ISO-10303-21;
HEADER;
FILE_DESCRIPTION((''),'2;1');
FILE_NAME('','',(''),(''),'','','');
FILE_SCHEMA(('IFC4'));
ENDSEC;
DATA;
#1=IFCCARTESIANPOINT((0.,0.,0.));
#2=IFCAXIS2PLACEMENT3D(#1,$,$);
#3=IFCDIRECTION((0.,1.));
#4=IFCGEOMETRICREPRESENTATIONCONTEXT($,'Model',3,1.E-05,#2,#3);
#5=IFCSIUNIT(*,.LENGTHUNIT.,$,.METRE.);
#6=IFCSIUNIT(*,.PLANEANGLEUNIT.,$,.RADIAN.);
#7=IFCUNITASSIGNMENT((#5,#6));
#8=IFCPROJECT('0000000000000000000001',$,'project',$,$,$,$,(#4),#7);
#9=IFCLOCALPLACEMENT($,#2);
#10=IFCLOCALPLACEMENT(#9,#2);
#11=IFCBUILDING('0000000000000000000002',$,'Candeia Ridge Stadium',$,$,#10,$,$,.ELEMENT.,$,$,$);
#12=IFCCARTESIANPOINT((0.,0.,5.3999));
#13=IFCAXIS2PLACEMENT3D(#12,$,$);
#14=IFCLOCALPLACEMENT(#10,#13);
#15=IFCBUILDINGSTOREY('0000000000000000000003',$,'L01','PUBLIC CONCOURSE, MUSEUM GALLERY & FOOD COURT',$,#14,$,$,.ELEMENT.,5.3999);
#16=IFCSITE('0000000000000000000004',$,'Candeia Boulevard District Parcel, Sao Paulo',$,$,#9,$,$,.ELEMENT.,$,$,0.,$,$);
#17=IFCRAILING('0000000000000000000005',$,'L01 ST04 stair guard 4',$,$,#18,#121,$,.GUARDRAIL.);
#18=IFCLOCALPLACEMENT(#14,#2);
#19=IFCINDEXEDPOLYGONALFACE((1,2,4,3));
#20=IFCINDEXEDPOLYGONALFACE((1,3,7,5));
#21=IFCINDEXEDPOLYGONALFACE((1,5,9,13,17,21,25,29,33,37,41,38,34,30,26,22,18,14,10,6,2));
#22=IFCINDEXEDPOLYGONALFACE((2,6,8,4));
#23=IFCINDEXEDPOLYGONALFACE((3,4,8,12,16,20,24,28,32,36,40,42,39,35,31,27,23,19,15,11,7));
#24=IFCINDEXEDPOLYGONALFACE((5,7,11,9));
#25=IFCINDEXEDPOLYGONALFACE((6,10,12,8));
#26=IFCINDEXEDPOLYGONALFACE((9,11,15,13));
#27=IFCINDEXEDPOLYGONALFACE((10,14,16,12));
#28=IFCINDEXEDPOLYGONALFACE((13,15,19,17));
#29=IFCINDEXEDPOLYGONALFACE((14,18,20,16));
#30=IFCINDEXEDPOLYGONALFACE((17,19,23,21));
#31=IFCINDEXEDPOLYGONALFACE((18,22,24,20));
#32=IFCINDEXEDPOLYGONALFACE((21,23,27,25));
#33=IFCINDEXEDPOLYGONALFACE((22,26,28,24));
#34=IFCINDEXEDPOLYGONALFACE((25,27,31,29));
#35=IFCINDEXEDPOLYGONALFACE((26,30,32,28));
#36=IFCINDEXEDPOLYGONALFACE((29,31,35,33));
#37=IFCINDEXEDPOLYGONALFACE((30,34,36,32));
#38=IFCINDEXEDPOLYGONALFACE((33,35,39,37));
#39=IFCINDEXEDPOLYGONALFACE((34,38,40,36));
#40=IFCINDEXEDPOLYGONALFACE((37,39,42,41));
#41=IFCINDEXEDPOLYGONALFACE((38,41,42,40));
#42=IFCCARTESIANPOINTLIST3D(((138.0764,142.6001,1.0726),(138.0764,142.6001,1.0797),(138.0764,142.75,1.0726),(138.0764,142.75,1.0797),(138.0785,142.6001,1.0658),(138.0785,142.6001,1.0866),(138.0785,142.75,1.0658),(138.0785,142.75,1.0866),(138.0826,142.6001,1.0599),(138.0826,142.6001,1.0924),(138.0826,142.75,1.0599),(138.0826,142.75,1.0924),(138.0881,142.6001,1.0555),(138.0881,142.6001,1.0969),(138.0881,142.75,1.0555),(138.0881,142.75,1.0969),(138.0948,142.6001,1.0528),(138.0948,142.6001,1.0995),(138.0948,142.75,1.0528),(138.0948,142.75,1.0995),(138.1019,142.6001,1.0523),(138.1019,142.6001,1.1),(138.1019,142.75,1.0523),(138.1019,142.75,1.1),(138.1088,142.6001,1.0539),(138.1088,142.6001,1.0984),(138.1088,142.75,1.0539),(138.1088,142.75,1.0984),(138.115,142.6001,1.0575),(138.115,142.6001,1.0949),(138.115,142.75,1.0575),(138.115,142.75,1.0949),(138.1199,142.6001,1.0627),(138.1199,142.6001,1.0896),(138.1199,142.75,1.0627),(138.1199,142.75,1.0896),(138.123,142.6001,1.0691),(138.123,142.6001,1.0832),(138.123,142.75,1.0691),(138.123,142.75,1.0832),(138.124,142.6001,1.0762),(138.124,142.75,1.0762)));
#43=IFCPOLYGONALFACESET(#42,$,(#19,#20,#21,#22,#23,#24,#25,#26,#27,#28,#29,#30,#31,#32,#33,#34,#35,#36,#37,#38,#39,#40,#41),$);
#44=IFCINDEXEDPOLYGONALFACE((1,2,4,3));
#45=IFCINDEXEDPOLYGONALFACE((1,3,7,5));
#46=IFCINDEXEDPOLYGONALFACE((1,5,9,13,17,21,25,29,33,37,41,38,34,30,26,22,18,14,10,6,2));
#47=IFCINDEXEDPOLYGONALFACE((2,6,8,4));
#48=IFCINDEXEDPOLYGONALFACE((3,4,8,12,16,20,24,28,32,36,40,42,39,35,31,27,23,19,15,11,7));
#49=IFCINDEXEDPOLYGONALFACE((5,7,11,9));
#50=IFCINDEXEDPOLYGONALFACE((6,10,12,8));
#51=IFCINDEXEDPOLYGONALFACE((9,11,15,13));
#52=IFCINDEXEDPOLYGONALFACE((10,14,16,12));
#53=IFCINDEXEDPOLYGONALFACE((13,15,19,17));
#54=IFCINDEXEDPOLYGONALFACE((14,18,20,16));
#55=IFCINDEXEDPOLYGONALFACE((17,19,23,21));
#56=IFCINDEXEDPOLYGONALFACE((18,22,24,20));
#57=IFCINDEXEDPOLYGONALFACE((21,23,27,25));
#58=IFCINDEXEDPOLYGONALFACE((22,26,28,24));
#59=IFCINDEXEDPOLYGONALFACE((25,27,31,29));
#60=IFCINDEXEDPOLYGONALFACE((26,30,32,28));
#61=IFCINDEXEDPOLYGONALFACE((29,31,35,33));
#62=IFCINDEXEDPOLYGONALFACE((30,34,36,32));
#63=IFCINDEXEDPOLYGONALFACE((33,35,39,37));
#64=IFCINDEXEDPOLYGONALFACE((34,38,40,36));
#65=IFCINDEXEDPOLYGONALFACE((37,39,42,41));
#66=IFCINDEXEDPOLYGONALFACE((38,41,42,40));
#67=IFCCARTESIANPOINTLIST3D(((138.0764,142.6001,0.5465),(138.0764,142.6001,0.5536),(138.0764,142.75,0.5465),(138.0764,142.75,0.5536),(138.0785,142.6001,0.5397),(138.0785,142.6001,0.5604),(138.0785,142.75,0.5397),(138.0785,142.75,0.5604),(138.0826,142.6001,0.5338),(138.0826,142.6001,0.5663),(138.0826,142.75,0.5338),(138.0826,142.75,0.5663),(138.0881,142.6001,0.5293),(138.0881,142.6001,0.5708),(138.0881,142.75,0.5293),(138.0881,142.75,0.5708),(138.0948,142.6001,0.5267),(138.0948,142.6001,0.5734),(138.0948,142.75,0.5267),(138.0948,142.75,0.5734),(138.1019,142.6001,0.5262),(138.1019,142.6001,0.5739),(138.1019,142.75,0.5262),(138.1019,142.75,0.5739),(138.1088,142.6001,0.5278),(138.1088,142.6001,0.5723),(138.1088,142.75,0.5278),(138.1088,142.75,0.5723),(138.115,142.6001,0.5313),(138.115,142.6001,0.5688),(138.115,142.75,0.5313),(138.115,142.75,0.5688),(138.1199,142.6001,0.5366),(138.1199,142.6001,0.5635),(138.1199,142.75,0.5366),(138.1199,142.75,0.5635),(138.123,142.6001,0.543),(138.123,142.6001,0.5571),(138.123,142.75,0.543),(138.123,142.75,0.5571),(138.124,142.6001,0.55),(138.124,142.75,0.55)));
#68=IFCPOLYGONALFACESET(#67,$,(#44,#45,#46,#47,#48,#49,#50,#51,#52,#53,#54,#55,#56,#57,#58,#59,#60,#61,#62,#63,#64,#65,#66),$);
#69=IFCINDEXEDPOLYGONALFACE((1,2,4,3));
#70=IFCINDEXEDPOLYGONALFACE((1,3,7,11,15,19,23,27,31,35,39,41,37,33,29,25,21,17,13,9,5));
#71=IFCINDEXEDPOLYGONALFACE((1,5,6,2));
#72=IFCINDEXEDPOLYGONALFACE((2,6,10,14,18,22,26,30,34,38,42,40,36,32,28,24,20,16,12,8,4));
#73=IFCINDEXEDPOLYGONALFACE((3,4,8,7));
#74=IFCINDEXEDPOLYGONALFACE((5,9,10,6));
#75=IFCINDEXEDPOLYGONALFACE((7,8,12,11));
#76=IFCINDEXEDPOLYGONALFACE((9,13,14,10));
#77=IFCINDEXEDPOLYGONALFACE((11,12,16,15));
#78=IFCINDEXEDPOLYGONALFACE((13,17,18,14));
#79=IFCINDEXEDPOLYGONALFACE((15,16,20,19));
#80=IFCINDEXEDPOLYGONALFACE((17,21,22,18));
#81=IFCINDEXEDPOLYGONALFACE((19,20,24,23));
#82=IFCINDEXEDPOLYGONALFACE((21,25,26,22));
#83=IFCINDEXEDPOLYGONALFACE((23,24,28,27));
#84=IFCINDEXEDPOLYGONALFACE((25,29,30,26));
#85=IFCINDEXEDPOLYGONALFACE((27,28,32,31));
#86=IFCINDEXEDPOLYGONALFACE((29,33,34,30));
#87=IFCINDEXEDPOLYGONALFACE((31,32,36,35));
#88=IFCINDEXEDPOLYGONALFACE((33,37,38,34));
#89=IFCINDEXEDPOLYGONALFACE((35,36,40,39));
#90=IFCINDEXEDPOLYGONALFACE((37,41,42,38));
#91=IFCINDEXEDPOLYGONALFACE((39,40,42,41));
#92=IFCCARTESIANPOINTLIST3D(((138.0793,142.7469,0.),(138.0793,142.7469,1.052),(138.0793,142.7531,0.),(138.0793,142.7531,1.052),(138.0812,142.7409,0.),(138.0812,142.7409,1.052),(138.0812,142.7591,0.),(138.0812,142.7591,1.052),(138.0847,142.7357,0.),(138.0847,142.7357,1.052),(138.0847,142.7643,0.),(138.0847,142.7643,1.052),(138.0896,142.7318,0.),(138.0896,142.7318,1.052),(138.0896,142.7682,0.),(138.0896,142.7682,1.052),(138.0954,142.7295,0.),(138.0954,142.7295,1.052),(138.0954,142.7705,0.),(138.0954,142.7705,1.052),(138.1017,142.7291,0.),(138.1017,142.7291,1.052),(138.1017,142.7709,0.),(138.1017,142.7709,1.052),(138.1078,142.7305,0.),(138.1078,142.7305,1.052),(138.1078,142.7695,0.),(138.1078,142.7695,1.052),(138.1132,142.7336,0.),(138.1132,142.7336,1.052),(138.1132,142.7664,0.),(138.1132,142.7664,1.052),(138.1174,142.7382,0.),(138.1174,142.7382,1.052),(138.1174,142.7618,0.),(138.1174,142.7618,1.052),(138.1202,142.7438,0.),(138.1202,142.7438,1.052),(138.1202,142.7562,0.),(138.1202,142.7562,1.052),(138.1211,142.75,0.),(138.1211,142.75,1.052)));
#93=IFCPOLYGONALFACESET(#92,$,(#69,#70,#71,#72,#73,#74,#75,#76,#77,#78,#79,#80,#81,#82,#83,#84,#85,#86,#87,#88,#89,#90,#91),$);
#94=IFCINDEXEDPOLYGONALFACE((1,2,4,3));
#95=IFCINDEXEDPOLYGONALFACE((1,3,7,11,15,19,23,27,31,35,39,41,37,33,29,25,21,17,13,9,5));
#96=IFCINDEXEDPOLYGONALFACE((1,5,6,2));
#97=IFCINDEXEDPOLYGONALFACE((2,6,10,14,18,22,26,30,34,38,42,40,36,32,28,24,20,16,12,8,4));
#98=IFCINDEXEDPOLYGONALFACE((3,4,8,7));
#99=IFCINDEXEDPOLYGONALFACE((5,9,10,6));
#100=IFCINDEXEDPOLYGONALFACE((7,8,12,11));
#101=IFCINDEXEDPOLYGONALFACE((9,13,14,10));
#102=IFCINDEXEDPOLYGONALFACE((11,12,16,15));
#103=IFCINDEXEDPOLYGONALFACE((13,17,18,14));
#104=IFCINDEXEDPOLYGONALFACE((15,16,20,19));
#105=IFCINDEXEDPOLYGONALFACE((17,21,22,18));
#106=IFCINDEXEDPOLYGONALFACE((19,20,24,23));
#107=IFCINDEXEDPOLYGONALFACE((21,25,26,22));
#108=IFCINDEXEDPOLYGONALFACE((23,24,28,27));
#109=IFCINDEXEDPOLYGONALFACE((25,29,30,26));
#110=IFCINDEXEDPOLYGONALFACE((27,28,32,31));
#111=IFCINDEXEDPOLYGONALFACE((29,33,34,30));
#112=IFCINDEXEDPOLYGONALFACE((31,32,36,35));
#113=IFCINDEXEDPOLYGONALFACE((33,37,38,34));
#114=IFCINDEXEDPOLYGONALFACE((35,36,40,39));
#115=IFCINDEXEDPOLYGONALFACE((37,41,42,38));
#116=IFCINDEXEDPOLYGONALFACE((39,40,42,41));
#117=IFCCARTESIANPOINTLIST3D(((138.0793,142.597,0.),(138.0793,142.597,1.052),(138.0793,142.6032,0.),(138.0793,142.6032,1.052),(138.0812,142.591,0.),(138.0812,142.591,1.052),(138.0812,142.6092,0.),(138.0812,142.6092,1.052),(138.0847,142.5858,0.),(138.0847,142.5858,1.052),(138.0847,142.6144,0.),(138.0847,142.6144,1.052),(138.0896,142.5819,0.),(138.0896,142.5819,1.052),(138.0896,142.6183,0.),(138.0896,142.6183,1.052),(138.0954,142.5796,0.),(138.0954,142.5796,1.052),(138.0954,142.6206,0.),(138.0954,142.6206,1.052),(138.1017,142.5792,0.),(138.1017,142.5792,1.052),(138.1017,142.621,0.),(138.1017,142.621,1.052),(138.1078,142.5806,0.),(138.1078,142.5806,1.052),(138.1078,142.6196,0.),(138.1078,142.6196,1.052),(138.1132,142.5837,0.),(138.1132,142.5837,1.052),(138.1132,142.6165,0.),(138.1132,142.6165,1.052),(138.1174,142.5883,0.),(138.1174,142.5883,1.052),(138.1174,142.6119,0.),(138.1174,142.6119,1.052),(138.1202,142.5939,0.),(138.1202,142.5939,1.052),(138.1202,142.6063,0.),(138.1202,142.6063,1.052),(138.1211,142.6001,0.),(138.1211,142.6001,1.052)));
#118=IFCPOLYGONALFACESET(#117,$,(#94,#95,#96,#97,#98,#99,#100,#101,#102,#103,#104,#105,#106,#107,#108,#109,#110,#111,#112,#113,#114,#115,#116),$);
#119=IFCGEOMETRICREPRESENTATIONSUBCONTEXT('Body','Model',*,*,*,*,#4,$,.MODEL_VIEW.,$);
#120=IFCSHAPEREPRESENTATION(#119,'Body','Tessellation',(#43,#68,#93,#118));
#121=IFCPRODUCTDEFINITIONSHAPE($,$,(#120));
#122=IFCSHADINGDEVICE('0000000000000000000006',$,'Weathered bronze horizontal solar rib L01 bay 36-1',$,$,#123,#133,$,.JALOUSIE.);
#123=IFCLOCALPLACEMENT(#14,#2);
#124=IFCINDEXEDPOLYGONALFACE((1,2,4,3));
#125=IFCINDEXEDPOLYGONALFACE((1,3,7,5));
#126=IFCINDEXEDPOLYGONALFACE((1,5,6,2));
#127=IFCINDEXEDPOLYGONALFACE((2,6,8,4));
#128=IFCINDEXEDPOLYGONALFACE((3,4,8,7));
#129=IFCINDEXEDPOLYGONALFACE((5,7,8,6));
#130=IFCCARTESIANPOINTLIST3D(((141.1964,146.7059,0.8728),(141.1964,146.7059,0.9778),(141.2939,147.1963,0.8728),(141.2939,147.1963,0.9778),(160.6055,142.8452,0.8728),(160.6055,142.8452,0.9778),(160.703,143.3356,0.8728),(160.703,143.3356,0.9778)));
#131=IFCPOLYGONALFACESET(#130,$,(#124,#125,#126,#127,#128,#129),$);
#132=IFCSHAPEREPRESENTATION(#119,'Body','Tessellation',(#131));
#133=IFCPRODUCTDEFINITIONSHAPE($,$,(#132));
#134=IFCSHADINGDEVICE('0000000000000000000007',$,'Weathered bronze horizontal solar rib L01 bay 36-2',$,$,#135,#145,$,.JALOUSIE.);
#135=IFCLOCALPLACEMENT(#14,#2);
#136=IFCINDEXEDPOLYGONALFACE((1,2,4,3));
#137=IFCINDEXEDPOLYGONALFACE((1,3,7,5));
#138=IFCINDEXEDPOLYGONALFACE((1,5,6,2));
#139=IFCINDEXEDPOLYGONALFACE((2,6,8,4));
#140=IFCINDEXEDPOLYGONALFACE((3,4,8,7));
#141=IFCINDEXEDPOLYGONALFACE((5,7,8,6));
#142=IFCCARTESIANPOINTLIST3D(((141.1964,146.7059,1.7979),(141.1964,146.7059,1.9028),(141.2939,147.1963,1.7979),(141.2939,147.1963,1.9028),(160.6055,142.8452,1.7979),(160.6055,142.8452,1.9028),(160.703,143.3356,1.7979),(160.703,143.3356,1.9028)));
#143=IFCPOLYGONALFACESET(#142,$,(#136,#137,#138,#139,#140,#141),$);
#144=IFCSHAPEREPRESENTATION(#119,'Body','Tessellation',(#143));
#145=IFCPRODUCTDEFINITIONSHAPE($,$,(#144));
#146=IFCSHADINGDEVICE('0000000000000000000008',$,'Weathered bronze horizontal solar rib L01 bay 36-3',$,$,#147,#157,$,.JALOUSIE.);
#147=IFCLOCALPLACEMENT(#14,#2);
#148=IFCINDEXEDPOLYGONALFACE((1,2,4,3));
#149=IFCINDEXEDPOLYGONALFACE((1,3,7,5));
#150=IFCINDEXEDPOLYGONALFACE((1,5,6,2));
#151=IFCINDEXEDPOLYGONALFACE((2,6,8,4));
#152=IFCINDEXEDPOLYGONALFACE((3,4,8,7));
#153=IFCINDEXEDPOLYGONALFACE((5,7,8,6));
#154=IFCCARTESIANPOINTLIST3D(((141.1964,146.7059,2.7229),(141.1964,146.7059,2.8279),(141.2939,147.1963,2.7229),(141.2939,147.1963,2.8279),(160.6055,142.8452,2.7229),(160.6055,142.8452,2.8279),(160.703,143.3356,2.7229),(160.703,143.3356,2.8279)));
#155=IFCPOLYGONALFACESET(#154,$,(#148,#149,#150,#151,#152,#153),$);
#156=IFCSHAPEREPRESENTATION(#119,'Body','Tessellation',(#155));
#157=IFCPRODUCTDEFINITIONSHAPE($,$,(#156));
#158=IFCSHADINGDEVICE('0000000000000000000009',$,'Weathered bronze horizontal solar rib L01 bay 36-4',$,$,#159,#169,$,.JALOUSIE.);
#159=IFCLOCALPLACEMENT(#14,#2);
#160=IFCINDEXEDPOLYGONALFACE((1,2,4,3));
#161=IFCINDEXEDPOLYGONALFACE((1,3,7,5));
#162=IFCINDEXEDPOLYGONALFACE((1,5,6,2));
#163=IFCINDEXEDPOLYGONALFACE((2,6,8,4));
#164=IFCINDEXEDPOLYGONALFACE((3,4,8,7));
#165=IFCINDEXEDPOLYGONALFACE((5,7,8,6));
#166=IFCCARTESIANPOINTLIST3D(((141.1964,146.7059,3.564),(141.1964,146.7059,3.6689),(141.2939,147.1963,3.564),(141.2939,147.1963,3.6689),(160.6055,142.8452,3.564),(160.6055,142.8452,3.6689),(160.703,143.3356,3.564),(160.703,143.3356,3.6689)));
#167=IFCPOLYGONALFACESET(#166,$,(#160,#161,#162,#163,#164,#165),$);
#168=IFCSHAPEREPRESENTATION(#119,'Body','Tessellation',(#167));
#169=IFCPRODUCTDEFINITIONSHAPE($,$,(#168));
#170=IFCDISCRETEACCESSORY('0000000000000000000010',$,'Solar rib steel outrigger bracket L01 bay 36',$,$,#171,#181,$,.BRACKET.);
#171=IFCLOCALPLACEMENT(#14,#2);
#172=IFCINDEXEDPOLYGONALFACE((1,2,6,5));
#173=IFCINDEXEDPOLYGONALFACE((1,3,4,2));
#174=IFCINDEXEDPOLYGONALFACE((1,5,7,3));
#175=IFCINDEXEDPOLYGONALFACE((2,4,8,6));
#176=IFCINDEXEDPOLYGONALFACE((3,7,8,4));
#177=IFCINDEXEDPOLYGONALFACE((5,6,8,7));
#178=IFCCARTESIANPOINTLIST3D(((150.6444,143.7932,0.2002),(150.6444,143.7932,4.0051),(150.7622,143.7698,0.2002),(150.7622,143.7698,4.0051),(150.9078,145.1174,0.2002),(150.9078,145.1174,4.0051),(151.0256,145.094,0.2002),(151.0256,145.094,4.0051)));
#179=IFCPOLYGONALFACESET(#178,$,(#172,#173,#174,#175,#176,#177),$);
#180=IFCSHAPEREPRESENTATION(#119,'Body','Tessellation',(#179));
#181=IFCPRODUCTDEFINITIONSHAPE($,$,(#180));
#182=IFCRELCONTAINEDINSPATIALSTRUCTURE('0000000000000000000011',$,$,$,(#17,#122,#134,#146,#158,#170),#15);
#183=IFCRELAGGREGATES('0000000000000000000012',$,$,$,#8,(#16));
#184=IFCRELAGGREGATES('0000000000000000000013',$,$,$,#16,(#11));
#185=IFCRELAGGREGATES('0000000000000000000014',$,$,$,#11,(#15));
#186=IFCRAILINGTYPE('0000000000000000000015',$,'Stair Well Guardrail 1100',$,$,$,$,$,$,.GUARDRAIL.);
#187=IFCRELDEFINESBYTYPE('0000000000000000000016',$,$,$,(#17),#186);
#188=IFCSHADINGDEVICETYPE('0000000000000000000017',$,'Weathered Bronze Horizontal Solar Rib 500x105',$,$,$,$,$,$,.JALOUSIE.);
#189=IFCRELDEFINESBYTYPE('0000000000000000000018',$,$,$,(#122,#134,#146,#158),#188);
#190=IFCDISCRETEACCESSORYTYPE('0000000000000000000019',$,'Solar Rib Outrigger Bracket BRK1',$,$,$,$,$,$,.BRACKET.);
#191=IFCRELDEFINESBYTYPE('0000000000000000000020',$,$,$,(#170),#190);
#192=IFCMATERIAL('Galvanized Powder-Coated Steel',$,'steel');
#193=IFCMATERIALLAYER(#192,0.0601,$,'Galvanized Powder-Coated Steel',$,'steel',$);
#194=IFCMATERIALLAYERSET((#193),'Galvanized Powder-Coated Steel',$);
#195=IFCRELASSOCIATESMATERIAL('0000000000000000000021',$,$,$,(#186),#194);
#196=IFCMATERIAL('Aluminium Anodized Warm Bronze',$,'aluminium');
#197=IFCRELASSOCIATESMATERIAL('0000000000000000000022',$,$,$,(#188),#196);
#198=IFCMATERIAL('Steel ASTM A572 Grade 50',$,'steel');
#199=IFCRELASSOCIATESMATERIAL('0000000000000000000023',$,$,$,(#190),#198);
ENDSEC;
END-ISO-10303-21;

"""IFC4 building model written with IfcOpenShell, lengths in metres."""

from ifc_helpers import new_model, si_unit, direction, frame, origin, origin_2d, place, context, subcontext, project, spatial, rectangle, circle, extrude, material, layer, layer_set, type_object, element, save


model = new_model("IFC4")

# Units and contexts
model_context = context("Model", 3, precision=1e-05, world=origin(), true_north=direction((0.0, 1.0)))
body_context = subcontext(model_context, "Body", "Model", "MODEL_VIEW")
ifc_project = project(units=[si_unit("LENGTHUNIT", "METRE"), si_unit("PLANEANGLEUNIT", "RADIAN")], contexts=[model_context])

# Site, building, storey
site_placement = place(None, origin())
site = spatial("IfcSite", under=ifc_project, at=site_placement, Name="Candeia Boulevard District Parcel, Sao Paulo", CompositionType="ELEMENT", RefElevation=0.0)
building_placement = place(site_placement, origin())
building = spatial("IfcBuilding", under=site, at=building_placement, Name="Candeia Ridge Stadium", CompositionType="ELEMENT")
storey_placement = place(building_placement, frame((0.0, 0.0, 5.3999)))
storey = spatial("IfcBuildingStorey", under=building, at=storey_placement, Name="L01", Description="PUBLIC CONCOURSE, MUSEUM GALLERY & FOOD COURT", CompositionType="ELEMENT", Elevation=5.3999)

# Shared definitions
ifc_material_1 = material(Name="Steel ASTM A572 Grade 50", Category="steel")

# Shared definitions
ifc_material_2 = material(Name="Aluminium Anodized Warm Bronze", Category="aluminium")

# Railing
ifc_material_3 = material(Name="Galvanized Powder-Coated Steel", Category="steel")
ifc_layer_1 = layer(ifc_material_3, 0.0601, Name="Galvanized Powder-Coated Steel", Category="steel")
ifc_layer_set_1 = layer_set([ifc_layer_1], Name="Galvanized Powder-Coated Steel")
railing_type_1 = type_object("IfcRailingType", Name="Stair Well Guardrail 1100", PredefinedType="GUARDRAIL", material=ifc_layer_set_1)
railing_1_placement = place(storey_placement, frame((138.1001, 142.75, 0.0)))
element("IfcRailing", 1, at=railing_1_placement, inside=storey, type_object=railing_type_1, Name="L01 ST04 stair guard 4", PredefinedType="GUARDRAIL", context=body_context, shape_type="SweptSolid", body=[
    extrude(circle(Radius=0.0239, at=origin_2d()), frame((0.0, 0.0, 1.0762), z_axis=(0.0, -1.0, 0.0), x_axis=(1.0, 0.0, 0.0)), (0.0, 0.0, 1.0), 0.1499),
    extrude(circle(Radius=0.0239, at=origin_2d()), frame((0.0, 0.0, 0.55), z_axis=(0.0, -1.0, 0.0), x_axis=(1.0, 0.0, 0.0)), (0.0, 0.0, 1.0), 0.1499),
    extrude(circle(Radius=0.021, at=origin_2d()), origin(), (0.0, 0.0, 1.0), 1.052),
    extrude(circle(Radius=0.021, at=origin_2d()), frame((0.0, -0.1499, 0.0)), (0.0, 0.0, 1.0), 1.052),
])

# Shading devices
shading_device_type = type_object("IfcShadingDeviceType", Name="Weathered Bronze Horizontal Solar Rib 500x105", PredefinedType="JALOUSIE", material=ifc_material_2)
for number, where, z_axis, x_axis, name in (
    (2, (150.9497, 145.0208, 0.8728), (0.0, 0.0, 1.0), (-0.980785, 0.19509, 0.0), "Weathered bronze horizontal solar rib L01 bay 36-1"),
    (3, (150.9497, 145.0208, 1.7979), (0.0, 0.0, 1.0), (-0.980785, 0.19509, 0.0), "Weathered bronze horizontal solar rib L01 bay 36-2"),
    (4, (150.9497, 145.0208, 2.7229), (0.0, 0.0, 1.0), (-0.980785, 0.19509, 0.0), "Weathered bronze horizontal solar rib L01 bay 36-3"),
    (5, (150.9497, 145.0208, 3.564), (0.0, 0.0, 1.0), (-0.980785, 0.19509, 0.0), "Weathered bronze horizontal solar rib L01 bay 36-4"),
):
    element("IfcShadingDevice", number, at=place(storey_placement, frame(where, z_axis=z_axis, x_axis=x_axis)), inside=storey, type_object=shading_device_type, Name=name, PredefinedType="JALOUSIE", context=body_context, shape_type="SweptSolid", body=[
        extrude(rectangle(XDim=19.7893, YDim=0.5, at=origin_2d()), origin(), (0.0, 0.0, 1.0), 0.105),
    ])

# Discrete accessory
discrete_accessory_type = type_object("IfcDiscreteAccessoryType", Name="Solar Rib Outrigger Bracket BRK1", PredefinedType="BRACKET", material=ifc_material_1)
discrete_accessory_placement = place(storey_placement, frame((150.835, 144.4436, 0.2002), z_axis=(0.0, 0.0, 1.0), x_axis=(0.19509, 0.980785, 0.0)))
element("IfcDiscreteAccessory", 6, at=discrete_accessory_placement, inside=storey, type_object=discrete_accessory_type, Name="Solar rib steel outrigger bracket L01 bay 36", PredefinedType="BRACKET", context=body_context, shape_type="SweptSolid", body=[
    extrude(rectangle(XDim=1.3501, YDim=0.1201, at=origin_2d()), origin(), (0.0, 0.0, 1.0), 3.8049),
])

save(model, "model.ifc")
